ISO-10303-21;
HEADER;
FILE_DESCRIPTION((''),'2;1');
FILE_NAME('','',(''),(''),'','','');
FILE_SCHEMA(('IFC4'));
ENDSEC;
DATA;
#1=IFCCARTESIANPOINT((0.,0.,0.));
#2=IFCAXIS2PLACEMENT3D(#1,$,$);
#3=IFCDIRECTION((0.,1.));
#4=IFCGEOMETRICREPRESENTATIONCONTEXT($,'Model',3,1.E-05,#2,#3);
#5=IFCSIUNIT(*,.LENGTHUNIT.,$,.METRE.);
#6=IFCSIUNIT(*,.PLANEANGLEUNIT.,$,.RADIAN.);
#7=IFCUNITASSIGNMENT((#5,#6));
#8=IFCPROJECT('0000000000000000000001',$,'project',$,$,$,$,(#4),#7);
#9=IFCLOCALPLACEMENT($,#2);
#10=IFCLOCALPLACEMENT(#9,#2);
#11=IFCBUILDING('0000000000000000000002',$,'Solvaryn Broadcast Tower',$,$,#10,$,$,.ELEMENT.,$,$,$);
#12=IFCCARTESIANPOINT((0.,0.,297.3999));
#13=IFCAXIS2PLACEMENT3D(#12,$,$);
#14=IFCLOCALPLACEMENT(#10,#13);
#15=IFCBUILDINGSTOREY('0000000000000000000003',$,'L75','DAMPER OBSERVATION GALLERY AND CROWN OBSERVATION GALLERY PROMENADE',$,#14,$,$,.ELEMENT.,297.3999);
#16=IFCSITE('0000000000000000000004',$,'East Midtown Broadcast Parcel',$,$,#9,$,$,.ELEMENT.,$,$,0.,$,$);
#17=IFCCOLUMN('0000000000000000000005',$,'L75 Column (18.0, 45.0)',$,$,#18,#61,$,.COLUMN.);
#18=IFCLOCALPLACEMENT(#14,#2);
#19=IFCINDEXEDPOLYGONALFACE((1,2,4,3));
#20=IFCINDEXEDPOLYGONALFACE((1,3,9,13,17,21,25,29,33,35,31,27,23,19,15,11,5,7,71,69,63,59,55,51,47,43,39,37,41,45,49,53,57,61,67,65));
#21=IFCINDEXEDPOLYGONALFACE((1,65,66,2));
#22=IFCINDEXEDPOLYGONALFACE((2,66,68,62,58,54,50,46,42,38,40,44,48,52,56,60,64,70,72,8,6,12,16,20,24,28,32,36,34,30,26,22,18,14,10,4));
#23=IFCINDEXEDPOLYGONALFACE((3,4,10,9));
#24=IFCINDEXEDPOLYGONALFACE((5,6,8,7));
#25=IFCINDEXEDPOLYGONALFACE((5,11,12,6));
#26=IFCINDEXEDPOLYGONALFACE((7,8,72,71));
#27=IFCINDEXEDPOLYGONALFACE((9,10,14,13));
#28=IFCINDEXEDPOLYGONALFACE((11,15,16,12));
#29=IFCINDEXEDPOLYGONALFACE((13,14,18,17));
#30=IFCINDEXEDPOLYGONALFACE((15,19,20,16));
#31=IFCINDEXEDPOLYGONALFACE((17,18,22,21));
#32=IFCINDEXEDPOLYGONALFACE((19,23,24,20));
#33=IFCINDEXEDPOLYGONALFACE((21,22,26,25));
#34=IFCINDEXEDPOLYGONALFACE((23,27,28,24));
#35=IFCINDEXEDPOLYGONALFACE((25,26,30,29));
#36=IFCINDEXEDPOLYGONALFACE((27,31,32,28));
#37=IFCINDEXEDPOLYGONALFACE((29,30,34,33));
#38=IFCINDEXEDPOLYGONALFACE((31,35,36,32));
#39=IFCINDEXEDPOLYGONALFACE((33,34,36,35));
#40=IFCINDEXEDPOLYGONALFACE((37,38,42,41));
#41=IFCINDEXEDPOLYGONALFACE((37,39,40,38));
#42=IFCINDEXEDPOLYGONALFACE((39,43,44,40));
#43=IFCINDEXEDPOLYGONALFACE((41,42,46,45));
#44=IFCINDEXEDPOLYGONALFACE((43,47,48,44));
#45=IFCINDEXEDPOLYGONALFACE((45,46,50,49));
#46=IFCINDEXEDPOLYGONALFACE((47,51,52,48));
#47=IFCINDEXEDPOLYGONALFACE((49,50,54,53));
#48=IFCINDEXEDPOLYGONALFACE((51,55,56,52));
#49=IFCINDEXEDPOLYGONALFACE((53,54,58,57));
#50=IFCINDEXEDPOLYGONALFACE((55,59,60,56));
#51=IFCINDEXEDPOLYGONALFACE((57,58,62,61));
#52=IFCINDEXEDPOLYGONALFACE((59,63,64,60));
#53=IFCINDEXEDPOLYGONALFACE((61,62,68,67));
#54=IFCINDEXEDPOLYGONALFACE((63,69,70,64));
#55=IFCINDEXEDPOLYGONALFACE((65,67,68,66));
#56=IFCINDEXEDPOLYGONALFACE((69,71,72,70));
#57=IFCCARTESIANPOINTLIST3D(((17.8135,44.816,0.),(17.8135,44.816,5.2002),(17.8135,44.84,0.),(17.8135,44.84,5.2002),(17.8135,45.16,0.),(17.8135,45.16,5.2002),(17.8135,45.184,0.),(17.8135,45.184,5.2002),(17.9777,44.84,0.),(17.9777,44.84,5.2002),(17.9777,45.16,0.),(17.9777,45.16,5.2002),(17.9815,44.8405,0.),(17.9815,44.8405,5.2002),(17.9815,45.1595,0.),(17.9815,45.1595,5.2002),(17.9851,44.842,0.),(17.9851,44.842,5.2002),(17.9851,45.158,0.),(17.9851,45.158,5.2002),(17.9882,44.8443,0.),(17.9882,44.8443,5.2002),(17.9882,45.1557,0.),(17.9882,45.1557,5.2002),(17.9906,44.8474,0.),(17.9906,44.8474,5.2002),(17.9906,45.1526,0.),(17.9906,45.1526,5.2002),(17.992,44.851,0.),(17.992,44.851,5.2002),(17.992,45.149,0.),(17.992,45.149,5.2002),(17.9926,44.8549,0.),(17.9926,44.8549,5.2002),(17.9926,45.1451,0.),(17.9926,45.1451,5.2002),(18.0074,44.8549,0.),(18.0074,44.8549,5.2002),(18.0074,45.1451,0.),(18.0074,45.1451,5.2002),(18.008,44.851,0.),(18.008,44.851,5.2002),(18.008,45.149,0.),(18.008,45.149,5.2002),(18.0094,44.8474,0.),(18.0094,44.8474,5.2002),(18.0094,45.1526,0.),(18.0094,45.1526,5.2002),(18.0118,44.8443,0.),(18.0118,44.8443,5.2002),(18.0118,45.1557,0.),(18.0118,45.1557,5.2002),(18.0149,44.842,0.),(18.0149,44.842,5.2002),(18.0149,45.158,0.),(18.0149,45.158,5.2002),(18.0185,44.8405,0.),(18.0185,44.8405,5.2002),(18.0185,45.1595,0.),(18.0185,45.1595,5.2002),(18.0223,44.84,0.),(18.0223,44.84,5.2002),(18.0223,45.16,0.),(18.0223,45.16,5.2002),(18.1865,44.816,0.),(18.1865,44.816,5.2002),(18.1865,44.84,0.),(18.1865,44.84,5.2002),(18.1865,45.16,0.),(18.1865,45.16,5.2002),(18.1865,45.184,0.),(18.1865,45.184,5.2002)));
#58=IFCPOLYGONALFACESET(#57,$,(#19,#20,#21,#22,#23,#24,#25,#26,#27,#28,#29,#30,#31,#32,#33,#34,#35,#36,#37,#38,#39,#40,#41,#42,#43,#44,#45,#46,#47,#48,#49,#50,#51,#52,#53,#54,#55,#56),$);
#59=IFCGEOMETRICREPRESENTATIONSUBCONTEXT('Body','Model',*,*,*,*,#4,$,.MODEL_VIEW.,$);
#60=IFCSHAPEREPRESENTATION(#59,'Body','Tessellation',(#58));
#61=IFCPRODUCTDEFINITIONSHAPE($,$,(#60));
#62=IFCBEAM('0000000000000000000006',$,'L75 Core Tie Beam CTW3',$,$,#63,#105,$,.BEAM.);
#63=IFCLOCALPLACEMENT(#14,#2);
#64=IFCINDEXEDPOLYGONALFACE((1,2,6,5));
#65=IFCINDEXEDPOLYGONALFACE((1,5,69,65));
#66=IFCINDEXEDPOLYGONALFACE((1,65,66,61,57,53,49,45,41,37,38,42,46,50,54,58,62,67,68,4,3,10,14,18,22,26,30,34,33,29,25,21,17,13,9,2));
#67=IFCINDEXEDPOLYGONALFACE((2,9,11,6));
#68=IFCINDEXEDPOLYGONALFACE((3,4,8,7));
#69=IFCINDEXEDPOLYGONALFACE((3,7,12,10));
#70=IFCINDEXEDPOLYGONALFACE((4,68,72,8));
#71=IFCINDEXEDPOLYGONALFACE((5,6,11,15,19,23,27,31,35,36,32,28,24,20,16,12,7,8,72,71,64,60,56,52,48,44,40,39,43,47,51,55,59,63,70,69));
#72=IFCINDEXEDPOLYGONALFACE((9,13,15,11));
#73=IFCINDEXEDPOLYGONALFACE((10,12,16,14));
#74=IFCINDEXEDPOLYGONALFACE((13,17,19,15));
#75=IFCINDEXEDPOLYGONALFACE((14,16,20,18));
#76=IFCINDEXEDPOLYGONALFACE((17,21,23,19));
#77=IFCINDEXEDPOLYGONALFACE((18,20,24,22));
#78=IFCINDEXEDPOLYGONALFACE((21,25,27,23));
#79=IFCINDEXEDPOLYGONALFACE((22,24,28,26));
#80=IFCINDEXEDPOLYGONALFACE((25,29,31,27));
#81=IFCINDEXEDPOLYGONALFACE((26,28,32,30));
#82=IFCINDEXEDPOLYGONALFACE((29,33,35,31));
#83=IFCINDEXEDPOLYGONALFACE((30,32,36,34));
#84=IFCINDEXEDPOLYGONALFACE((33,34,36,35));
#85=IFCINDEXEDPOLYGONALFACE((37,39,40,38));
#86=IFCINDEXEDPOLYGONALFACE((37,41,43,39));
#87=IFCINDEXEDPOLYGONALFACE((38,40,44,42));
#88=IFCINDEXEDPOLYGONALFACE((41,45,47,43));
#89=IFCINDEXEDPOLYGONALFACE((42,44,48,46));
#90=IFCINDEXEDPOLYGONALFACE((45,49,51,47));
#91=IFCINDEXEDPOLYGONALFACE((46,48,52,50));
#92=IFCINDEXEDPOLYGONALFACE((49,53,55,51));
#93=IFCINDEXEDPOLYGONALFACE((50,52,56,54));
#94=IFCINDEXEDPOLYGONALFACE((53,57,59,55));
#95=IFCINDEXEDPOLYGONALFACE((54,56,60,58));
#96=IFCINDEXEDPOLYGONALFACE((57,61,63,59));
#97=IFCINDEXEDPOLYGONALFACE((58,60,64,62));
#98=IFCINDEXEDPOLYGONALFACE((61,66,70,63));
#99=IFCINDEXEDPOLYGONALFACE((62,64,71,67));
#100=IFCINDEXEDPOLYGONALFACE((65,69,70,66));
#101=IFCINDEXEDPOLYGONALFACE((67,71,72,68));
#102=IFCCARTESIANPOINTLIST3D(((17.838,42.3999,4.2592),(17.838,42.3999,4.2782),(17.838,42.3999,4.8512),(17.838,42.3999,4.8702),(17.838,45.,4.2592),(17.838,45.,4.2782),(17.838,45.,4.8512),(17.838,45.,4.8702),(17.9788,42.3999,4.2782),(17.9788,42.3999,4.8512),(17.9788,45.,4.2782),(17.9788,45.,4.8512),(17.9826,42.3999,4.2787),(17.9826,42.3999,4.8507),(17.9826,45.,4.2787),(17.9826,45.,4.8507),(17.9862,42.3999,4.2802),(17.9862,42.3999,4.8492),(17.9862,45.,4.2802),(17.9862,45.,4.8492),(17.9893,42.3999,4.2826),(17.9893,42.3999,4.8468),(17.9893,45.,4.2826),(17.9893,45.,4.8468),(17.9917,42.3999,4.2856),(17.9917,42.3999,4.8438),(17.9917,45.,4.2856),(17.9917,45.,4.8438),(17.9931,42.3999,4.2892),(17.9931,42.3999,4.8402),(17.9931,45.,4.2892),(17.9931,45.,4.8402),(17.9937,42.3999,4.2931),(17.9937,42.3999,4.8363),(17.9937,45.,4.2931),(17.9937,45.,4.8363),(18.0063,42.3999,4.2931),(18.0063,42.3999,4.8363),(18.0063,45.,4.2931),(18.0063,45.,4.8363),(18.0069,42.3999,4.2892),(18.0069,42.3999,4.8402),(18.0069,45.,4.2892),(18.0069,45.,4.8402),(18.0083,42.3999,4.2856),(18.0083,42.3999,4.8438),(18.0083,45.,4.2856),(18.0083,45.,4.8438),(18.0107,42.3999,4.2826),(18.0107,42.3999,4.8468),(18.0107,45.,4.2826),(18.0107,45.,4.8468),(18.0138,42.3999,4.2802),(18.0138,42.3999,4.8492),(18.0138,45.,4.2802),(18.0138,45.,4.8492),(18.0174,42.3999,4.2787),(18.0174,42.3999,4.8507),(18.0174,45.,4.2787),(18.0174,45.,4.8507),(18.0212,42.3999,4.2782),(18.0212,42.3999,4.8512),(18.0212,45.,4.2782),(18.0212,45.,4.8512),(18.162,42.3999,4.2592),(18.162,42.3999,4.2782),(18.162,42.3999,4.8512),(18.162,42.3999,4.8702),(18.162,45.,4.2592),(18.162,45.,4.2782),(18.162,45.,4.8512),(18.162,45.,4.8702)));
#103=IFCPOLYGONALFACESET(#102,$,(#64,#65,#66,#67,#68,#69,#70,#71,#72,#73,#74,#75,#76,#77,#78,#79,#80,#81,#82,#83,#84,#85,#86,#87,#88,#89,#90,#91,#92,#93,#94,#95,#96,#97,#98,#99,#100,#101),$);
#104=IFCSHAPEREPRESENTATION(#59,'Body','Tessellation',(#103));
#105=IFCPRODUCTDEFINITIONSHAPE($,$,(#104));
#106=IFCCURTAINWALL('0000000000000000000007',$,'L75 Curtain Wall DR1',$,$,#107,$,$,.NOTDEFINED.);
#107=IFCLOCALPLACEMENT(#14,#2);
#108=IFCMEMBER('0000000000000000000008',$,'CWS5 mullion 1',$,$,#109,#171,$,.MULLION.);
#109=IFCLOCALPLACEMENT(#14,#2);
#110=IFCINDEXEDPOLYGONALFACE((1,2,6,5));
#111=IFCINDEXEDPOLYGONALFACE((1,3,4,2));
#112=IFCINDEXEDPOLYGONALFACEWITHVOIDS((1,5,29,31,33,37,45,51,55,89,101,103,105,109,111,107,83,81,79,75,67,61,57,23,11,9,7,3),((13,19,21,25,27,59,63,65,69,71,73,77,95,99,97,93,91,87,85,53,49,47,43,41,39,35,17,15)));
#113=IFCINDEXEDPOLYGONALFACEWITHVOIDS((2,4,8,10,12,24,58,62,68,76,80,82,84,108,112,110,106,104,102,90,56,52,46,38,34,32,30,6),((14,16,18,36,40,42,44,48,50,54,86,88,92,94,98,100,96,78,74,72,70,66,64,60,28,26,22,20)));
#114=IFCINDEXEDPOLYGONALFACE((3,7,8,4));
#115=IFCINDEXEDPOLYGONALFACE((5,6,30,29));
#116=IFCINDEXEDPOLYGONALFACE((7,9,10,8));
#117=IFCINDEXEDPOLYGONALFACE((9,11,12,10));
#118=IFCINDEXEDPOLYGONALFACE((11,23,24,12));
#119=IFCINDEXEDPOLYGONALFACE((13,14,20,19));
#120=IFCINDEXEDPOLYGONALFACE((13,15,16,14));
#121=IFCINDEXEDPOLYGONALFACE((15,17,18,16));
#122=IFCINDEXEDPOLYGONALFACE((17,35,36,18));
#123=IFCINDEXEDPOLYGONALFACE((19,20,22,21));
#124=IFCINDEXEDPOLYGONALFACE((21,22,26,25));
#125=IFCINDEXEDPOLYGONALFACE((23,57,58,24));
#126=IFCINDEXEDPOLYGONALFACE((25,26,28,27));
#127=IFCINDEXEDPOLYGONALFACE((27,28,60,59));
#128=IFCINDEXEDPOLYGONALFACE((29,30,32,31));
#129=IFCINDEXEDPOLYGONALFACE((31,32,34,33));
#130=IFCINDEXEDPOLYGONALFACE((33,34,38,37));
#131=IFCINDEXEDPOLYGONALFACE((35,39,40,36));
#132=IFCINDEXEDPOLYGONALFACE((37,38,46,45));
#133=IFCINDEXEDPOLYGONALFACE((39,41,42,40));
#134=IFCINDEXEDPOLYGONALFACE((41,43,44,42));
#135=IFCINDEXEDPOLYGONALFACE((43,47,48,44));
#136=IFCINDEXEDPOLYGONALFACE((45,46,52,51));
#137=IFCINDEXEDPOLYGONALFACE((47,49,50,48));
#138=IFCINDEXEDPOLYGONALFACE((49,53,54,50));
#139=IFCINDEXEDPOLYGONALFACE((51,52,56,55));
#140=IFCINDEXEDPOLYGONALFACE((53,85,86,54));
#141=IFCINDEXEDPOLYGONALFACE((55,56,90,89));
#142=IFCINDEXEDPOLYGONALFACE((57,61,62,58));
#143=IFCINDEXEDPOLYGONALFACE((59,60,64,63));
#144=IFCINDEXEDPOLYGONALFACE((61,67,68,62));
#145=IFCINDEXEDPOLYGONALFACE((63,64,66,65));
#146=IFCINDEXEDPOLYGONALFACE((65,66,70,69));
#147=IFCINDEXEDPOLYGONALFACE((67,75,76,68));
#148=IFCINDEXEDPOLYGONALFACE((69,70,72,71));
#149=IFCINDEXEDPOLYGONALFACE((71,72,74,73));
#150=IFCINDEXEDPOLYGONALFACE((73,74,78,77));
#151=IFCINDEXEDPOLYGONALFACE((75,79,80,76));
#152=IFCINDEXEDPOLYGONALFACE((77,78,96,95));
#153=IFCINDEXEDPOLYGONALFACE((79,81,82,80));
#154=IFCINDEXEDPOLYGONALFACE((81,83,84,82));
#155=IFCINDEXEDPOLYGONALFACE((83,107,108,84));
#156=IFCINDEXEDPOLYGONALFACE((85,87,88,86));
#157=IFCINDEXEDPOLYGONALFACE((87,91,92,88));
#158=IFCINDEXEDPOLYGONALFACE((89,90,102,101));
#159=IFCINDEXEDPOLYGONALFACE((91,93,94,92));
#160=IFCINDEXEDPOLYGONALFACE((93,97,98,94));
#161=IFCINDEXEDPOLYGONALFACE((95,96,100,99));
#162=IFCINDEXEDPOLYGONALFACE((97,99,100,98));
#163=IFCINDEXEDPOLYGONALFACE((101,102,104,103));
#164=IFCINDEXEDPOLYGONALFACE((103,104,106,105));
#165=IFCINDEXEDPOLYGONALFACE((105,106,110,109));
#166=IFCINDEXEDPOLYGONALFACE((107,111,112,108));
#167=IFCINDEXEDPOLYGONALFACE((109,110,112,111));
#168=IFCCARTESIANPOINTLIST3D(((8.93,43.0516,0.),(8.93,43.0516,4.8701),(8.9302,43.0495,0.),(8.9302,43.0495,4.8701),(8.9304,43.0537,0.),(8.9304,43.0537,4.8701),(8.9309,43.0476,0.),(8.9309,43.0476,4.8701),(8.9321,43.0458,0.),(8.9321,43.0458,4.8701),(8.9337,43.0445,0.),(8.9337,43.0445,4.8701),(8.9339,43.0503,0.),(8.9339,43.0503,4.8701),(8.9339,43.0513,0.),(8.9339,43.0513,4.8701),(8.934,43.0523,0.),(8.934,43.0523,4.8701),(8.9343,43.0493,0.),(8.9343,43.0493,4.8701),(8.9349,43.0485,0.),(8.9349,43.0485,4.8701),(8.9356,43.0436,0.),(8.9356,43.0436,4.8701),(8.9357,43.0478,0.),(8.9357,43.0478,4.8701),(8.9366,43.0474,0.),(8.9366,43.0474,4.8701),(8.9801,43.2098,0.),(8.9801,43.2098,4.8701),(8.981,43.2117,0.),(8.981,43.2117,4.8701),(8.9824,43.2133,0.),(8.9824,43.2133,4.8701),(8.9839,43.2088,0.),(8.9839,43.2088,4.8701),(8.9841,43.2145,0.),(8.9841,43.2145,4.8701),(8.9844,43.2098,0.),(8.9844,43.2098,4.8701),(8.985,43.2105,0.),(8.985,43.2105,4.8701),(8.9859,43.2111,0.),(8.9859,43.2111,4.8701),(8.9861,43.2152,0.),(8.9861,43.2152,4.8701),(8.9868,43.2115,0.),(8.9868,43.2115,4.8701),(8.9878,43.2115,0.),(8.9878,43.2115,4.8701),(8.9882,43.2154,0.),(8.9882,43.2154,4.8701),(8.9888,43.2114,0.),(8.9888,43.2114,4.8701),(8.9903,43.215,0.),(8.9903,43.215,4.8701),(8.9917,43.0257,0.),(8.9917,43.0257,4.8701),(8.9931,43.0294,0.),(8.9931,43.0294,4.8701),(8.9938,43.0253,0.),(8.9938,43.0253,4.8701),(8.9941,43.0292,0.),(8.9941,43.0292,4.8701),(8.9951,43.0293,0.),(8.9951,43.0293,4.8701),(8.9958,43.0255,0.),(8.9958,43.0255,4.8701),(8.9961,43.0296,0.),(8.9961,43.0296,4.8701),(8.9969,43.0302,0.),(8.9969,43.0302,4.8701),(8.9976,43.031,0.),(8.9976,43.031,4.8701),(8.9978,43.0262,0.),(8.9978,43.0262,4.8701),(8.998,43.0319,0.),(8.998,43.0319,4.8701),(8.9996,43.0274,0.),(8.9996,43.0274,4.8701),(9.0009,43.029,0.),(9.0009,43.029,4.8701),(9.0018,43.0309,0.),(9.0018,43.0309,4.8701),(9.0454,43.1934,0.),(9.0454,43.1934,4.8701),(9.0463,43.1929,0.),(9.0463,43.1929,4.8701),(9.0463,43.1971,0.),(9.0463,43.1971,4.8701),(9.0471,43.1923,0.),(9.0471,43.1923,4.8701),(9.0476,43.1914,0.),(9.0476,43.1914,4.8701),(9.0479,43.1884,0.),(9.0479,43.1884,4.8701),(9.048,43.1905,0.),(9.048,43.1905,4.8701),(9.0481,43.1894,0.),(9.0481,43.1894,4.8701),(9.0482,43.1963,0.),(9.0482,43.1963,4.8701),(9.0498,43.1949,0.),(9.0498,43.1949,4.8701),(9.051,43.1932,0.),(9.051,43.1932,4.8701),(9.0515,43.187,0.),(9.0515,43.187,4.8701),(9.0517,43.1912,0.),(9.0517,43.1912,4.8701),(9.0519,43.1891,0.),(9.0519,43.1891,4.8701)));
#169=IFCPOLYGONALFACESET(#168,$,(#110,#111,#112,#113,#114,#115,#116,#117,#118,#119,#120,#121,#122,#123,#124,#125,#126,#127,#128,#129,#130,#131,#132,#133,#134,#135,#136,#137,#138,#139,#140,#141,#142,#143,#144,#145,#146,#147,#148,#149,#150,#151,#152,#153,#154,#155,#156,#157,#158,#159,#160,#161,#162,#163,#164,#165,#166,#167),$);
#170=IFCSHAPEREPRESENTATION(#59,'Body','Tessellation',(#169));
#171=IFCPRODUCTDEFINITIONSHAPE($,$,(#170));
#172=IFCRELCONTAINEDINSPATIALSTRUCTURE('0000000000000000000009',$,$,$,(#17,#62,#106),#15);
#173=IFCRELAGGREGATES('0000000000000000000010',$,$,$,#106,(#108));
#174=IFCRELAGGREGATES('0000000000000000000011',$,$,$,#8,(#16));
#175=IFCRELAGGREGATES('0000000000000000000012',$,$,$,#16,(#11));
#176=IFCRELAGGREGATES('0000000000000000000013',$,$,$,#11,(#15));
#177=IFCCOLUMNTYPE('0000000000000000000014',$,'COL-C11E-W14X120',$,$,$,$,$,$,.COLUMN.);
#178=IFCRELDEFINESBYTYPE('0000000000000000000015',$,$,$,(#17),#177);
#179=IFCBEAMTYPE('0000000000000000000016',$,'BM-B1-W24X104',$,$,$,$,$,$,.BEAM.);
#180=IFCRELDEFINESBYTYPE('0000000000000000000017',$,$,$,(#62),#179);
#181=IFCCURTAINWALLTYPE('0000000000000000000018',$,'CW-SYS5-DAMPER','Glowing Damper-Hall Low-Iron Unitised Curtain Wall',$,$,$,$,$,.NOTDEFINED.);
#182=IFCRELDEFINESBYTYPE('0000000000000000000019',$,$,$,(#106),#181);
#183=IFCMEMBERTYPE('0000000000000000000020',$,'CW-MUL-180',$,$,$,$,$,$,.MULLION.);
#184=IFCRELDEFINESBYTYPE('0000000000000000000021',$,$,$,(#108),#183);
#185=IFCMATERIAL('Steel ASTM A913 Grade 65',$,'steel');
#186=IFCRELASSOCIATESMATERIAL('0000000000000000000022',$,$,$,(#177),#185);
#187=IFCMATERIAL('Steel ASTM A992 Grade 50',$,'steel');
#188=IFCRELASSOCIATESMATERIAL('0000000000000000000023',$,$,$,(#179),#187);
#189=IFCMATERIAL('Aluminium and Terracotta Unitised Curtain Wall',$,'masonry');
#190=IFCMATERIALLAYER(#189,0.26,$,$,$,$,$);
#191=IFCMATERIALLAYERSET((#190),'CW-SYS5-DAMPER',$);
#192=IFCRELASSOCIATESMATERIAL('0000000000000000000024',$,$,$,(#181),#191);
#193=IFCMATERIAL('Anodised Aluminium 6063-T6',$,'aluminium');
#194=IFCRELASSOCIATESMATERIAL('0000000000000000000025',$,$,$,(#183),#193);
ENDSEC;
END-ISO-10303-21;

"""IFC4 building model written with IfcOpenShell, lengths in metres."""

from ifc_helpers import new_model, si_unit, direction, frame, origin, origin_2d, place, context, subcontext, project, spatial, hollow_rectangle, i_section, extrude, material, layer, layer_set, material_profile, profile_set, type_object, element, aggregate, save


model = new_model("IFC4")

# Units and contexts
model_context = context("Model", 3, precision=1e-05, world=origin(), true_north=direction((0.0, 1.0)))
body_context = subcontext(model_context, "Body", "Model", "MODEL_VIEW")
ifc_project = project(units=[si_unit("LENGTHUNIT", "METRE"), si_unit("PLANEANGLEUNIT", "RADIAN")], contexts=[model_context])

# Site, building, storey
site_placement = place(None, origin())
site = spatial("IfcSite", under=ifc_project, at=site_placement, Name="East Midtown Broadcast Parcel", CompositionType="ELEMENT", RefElevation=0.0)
building_placement = place(site_placement, origin())
building = spatial("IfcBuilding", under=site, at=building_placement, Name="Solvaryn Broadcast Tower", CompositionType="ELEMENT")
storey_placement = place(building_placement, frame((0.0, 0.0, 297.3999)))
storey = spatial("IfcBuildingStorey", under=building, at=storey_placement, Name="L75", Description="DAMPER OBSERVATION GALLERY AND CROWN OBSERVATION GALLERY PROMENADE", CompositionType="ELEMENT", Elevation=297.3999)

# Column
ifc_material_1 = material(Name="Steel ASTM A913 Grade 65", Category="steel")
ifc_material_profile_1 = material_profile(ifc_material_1, i_section(OverallWidth=0.373, OverallDepth=0.3679, WebThickness=0.0149, FlangeThickness=0.0239, FilletRadius=0.0149, at=origin_2d()))
ifc_profile_set_1 = profile_set([ifc_material_profile_1], Name="Steel ASTM A913 Grade 65")
column_type = type_object("IfcColumnType", Name="COL-C11E-W14X120", PredefinedType="COLUMN", material=ifc_profile_set_1)
column_placement = place(storey_placement, frame((18.0, 45.0, 0.0), z_axis=(0.0, 0.0, 1.0), x_axis=(1.0, 0.0, 0.0)))
element("IfcColumn", 1, at=column_placement, inside=storey, type_object=column_type, Name="L75 Column (18.0, 45.0)", PredefinedType="COLUMN", context=body_context, shape_type="SweptSolid", body=[
    extrude(i_section(OverallWidth=0.373, OverallDepth=0.3679, WebThickness=0.0149, FlangeThickness=0.0239, FilletRadius=0.0149, at=origin_2d()), origin(), (0.0, 0.0, 1.0), 5.2002),
])

# Beam
ifc_material_2 = material(Name="Steel ASTM A992 Grade 50", Category="steel")
ifc_material_profile_2 = material_profile(ifc_material_2, i_section(OverallWidth=0.324, OverallDepth=0.6111, WebThickness=0.0127, FlangeThickness=0.019, FilletRadius=0.0149, at=origin_2d()))
ifc_profile_set_2 = profile_set([ifc_material_profile_2], Name="Steel ASTM A992 Grade 50")
beam_type = type_object("IfcBeamType", Name="BM-B1-W24X104", PredefinedType="BEAM", material=ifc_profile_set_2)
beam_placement = place(storey_placement, frame((18.0, 42.3999, 4.5647), z_axis=(0.0, 1.0, 0.0), x_axis=(-1.0, 0.0, 0.0)))
element("IfcBeam", 2, at=beam_placement, inside=storey, type_object=beam_type, Name="L75 Core Tie Beam CTW3", PredefinedType="BEAM", context=body_context, shape_type="SweptSolid", body=[
    extrude(i_section(OverallWidth=0.324, OverallDepth=0.6111, WebThickness=0.0127, FlangeThickness=0.019, FilletRadius=0.0149, at=origin_2d()), origin(), (0.0, 0.0, 1.0), 2.6001),
])

# Curtain wall, member
ifc_material_3 = material(Name="Aluminium and Terracotta Unitised Curtain Wall", Category="masonry")
ifc_layer_1 = layer(ifc_material_3, 0.26)
ifc_layer_set_1 = layer_set([ifc_layer_1], Name="CW-SYS5-DAMPER")
curtain_wall_type = type_object("IfcCurtainWallType", Name="CW-SYS5-DAMPER", Description="Glowing Damper-Hall Low-Iron Unitised Curtain Wall", PredefinedType="NOTDEFINED", material=ifc_layer_set_1)
curtain_wall_1_placement = place(storey_placement, origin())
curtain_wall_1 = element("IfcCurtainWall", 3, at=curtain_wall_1_placement, inside=storey, type_object=curtain_wall_type, Name="L75 Curtain Wall DR1", PredefinedType="NOTDEFINED")
ifc_material_4 = material(Name="Anodised Aluminium 6063-T6", Category="aluminium")
ifc_material_profile_3 = material_profile(ifc_material_4, hollow_rectangle(XDim=0.075, YDim=0.1799, WallThickness=0.0039, InnerFilletRadius=0.0039, OuterFilletRadius=0.0081, at=origin_2d()))
ifc_profile_set_3 = profile_set([ifc_material_profile_3], Name="Anodised Aluminium 6063-T6")
member_type_1 = type_object("IfcMemberType", Name="CW-MUL-180", PredefinedType="MULLION", material=ifc_profile_set_3)
member_1_placement = place(storey_placement, frame((8.991, 43.1204, 0.0), z_axis=(0.0, 0.0, 1.0), x_axis=(0.952795, -0.303616, 0.0)))
member_1 = element("IfcMember", 4, at=member_1_placement, type_object=member_type_1, Name="CWS5 mullion 1", PredefinedType="MULLION", context=body_context, shape_type="SweptSolid", body=[
    extrude(hollow_rectangle(XDim=0.075, YDim=0.1799, WallThickness=0.0039, InnerFilletRadius=0.0039, OuterFilletRadius=0.0081, at=origin_2d()), origin(), (0.0, 0.0, 1.0), 4.8701),
])

aggregate(curtain_wall_1, [member_1])

save(model, "model.ifc")
